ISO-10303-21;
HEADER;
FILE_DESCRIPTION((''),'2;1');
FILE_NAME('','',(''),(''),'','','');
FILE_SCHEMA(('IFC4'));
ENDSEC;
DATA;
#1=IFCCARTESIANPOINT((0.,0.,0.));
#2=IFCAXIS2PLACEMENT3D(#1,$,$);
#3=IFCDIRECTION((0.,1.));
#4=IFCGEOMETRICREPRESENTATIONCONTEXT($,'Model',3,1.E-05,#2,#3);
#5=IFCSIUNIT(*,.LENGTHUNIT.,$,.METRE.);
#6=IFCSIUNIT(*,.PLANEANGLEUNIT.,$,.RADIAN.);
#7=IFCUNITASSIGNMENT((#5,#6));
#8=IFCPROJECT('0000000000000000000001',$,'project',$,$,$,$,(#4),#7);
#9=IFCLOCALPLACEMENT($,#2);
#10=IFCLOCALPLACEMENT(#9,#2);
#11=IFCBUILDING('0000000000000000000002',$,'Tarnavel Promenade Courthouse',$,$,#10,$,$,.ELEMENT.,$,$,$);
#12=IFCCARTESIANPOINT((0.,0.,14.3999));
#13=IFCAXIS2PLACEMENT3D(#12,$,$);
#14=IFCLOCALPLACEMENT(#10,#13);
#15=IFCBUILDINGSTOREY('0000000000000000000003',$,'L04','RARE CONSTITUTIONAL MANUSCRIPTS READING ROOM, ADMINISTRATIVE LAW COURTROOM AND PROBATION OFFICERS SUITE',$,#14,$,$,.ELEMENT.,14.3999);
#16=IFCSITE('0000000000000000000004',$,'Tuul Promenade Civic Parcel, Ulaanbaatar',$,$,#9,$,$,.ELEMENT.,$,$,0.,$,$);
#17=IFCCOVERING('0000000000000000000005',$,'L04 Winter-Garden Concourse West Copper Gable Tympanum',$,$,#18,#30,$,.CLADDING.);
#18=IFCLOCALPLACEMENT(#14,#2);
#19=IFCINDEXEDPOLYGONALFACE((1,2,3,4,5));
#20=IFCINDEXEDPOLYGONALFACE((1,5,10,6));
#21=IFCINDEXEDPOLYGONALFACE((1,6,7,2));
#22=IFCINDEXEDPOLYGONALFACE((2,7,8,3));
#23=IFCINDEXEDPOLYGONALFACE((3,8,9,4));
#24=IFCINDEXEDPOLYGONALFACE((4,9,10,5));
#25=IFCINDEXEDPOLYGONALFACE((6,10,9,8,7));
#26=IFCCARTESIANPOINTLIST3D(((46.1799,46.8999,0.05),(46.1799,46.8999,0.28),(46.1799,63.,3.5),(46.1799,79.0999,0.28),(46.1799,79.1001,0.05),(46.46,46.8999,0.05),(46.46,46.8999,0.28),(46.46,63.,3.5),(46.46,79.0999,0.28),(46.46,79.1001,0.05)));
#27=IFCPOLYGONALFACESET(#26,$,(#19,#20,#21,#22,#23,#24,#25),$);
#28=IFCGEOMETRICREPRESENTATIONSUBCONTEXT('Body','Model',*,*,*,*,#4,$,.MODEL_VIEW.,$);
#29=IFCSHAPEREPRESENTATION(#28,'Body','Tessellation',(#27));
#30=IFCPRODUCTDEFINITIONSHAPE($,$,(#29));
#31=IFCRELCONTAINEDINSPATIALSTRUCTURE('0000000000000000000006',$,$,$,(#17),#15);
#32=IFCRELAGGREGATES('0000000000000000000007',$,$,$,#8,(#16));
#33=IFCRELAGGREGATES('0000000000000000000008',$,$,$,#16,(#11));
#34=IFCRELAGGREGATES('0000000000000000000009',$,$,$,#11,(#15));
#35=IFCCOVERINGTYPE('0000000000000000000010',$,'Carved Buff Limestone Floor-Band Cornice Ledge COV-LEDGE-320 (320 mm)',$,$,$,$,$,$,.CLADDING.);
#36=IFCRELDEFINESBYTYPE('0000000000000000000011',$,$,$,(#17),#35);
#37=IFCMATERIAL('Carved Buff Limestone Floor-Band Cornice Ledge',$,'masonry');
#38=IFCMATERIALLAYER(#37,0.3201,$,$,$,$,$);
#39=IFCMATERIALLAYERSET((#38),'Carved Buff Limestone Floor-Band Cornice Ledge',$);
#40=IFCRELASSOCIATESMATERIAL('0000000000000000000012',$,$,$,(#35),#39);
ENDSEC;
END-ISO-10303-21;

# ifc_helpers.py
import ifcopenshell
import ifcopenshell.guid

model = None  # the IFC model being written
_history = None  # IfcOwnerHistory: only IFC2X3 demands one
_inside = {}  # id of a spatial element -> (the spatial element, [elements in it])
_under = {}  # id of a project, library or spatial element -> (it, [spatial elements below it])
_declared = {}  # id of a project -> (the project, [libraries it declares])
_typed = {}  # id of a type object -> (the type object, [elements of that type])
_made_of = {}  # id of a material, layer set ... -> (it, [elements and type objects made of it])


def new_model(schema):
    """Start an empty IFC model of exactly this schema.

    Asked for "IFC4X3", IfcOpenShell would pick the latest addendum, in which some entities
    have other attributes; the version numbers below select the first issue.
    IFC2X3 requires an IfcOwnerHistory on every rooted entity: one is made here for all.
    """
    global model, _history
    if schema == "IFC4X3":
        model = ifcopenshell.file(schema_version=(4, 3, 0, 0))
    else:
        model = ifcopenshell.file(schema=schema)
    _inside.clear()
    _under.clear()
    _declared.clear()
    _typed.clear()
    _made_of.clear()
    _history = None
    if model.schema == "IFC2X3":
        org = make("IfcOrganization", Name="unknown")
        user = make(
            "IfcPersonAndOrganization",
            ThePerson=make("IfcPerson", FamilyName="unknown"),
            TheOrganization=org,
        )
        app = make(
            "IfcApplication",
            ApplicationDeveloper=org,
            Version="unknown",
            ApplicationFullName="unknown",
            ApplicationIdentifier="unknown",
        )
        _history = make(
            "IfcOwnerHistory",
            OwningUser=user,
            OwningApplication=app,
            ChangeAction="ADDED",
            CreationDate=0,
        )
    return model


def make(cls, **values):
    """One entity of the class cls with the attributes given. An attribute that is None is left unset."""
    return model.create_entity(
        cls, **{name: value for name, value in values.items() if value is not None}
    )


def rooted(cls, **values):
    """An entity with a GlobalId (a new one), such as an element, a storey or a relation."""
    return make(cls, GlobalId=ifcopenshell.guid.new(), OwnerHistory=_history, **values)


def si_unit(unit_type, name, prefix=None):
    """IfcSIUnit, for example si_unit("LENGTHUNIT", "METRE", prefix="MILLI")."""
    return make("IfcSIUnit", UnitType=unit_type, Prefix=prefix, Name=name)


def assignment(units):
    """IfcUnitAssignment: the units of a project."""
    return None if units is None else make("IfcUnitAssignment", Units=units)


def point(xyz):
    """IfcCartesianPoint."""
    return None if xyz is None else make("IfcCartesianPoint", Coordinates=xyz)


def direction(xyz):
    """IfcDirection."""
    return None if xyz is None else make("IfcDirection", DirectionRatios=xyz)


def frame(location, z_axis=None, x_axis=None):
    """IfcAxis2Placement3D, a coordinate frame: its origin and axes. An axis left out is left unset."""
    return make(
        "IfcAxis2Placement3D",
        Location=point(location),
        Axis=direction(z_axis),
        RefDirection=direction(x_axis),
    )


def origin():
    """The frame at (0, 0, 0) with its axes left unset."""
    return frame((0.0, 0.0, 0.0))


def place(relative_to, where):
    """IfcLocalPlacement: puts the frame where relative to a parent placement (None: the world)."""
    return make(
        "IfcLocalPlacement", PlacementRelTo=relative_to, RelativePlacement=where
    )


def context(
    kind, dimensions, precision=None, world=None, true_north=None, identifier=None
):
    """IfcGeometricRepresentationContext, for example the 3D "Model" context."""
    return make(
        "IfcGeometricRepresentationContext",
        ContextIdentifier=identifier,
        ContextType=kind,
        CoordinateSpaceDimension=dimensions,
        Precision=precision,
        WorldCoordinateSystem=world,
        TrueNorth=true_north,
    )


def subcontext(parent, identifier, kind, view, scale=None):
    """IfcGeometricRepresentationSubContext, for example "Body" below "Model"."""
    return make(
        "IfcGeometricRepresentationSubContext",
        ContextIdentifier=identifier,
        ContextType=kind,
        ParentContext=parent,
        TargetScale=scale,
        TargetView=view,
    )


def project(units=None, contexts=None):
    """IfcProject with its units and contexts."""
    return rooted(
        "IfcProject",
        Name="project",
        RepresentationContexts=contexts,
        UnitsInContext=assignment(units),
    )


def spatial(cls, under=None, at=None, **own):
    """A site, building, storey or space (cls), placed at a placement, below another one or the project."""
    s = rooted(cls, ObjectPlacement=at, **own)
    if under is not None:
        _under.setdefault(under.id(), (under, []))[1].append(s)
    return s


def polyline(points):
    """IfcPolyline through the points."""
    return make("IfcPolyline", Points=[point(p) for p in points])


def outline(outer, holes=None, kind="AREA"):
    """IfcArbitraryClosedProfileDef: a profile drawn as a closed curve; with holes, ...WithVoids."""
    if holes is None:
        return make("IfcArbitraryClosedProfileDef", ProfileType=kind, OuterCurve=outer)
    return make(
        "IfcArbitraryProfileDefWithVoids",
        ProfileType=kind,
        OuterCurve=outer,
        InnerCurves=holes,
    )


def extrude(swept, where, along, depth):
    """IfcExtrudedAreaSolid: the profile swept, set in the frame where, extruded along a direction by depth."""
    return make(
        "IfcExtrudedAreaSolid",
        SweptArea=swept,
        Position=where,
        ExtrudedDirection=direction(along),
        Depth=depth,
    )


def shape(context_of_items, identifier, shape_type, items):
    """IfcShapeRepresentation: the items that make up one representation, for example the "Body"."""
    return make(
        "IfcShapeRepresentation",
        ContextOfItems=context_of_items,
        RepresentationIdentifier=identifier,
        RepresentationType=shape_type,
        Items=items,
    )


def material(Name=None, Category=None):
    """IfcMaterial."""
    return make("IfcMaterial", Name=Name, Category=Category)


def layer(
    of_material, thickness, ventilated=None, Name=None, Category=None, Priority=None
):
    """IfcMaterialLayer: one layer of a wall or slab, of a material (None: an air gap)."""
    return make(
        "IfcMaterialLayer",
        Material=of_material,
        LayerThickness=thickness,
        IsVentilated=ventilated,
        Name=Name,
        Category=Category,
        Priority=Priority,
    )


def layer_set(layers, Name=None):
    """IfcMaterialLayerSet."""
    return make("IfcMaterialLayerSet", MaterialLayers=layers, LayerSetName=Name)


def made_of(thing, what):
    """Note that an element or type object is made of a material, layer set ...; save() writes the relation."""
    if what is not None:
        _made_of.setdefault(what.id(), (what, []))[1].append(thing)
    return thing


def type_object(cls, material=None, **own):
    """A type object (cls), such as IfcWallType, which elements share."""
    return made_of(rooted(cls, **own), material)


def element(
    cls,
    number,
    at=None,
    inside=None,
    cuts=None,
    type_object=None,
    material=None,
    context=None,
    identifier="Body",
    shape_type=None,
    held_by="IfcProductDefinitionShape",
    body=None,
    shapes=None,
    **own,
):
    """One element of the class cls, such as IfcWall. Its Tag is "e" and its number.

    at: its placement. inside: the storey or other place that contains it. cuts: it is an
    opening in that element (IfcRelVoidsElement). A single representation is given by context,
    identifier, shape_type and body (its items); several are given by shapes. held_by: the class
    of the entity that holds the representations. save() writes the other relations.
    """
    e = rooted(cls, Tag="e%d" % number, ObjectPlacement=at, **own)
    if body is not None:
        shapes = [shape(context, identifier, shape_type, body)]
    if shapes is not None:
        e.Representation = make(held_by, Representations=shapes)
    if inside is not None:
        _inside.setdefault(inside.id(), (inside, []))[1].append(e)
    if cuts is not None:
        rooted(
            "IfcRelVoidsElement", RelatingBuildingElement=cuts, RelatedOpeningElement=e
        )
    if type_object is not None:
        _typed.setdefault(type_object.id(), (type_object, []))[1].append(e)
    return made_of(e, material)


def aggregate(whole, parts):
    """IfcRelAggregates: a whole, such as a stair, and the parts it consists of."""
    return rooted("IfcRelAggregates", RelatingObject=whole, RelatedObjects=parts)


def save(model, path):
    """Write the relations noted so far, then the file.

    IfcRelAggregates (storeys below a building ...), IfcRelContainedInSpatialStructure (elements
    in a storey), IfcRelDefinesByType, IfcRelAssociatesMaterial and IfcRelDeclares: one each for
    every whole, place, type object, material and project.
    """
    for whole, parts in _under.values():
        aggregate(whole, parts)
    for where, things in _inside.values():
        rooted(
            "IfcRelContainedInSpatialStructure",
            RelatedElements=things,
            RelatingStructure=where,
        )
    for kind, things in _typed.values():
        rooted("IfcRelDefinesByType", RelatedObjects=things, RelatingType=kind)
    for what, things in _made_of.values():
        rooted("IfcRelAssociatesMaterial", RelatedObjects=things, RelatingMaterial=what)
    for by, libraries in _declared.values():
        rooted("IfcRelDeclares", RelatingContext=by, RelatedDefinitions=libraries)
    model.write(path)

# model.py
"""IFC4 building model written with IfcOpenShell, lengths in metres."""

from ifc_helpers import new_model, si_unit, direction, frame, origin, place, context, subcontext, project, spatial, polyline, outline, extrude, material, layer, layer_set, type_object, element, save


model = new_model("IFC4")

# Units and contexts
model_context = context("Model", 3, precision=1e-05, world=origin(), true_north=direction((0.0, 1.0)))
body_context = subcontext(model_context, "Body", "Model", "MODEL_VIEW")
ifc_project = project(units=[si_unit("LENGTHUNIT", "METRE"), si_unit("PLANEANGLEUNIT", "RADIAN")], contexts=[model_context])

# Site, building, storey
site_placement = place(None, origin())
site = spatial("IfcSite", under=ifc_project, at=site_placement, Name="Tuul Promenade Civic Parcel, Ulaanbaatar", CompositionType="ELEMENT", RefElevation=0.0)
building_placement = place(site_placement, origin())
building = spatial("IfcBuilding", under=site, at=building_placement, Name="Tarnavel Promenade Courthouse", CompositionType="ELEMENT")
storey_placement = place(building_placement, frame((0.0, 0.0, 14.3999)))
storey = spatial("IfcBuildingStorey", under=building, at=storey_placement, Name="L04", Description="RARE CONSTITUTIONAL MANUSCRIPTS READING ROOM, ADMINISTRATIVE LAW COURTROOM AND PROBATION OFFICERS SUITE", CompositionType="ELEMENT", Elevation=14.3999)

# Covering
ifc_material_1 = material(Name="Carved Buff Limestone Floor-Band Cornice Ledge", Category="masonry")
ifc_layer_1 = layer(ifc_material_1, 0.3201)
ifc_layer_set_1 = layer_set([ifc_layer_1], Name="Carved Buff Limestone Floor-Band Cornice Ledge")
covering_type = type_object("IfcCoveringType", Name="Carved Buff Limestone Floor-Band Cornice Ledge COV-LEDGE-320 (320 mm)", PredefinedType="CLADDING", material=ifc_layer_set_1)
covering_placement = place(storey_placement, frame((46.3201, 46.8999, 0.05), z_axis=(0.0, 0.0, 1.0), x_axis=(0.0, 1.0, 0.0)))
element("IfcCovering", 1, at=covering_placement, inside=storey, type_object=covering_type, Name="L04 Winter-Garden Concourse West Copper Gable Tympanum", PredefinedType="CLADDING", context=body_context, shape_type="SweptSolid", body=[
    extrude(outline(polyline([(0.0, 0.0), (32.2002, 0.0), (32.2, 0.23), (16.1001, 3.45), (0.0, 0.23), (0.0, 0.0)])), frame((0.0, 0.1401, 0.0), z_axis=(0.0, -1.0, 0.0), x_axis=(1.0, 0.0, 0.0)), (0.0, 0.0, 1.0), 0.28),
])

save(model, "model.ifc")
